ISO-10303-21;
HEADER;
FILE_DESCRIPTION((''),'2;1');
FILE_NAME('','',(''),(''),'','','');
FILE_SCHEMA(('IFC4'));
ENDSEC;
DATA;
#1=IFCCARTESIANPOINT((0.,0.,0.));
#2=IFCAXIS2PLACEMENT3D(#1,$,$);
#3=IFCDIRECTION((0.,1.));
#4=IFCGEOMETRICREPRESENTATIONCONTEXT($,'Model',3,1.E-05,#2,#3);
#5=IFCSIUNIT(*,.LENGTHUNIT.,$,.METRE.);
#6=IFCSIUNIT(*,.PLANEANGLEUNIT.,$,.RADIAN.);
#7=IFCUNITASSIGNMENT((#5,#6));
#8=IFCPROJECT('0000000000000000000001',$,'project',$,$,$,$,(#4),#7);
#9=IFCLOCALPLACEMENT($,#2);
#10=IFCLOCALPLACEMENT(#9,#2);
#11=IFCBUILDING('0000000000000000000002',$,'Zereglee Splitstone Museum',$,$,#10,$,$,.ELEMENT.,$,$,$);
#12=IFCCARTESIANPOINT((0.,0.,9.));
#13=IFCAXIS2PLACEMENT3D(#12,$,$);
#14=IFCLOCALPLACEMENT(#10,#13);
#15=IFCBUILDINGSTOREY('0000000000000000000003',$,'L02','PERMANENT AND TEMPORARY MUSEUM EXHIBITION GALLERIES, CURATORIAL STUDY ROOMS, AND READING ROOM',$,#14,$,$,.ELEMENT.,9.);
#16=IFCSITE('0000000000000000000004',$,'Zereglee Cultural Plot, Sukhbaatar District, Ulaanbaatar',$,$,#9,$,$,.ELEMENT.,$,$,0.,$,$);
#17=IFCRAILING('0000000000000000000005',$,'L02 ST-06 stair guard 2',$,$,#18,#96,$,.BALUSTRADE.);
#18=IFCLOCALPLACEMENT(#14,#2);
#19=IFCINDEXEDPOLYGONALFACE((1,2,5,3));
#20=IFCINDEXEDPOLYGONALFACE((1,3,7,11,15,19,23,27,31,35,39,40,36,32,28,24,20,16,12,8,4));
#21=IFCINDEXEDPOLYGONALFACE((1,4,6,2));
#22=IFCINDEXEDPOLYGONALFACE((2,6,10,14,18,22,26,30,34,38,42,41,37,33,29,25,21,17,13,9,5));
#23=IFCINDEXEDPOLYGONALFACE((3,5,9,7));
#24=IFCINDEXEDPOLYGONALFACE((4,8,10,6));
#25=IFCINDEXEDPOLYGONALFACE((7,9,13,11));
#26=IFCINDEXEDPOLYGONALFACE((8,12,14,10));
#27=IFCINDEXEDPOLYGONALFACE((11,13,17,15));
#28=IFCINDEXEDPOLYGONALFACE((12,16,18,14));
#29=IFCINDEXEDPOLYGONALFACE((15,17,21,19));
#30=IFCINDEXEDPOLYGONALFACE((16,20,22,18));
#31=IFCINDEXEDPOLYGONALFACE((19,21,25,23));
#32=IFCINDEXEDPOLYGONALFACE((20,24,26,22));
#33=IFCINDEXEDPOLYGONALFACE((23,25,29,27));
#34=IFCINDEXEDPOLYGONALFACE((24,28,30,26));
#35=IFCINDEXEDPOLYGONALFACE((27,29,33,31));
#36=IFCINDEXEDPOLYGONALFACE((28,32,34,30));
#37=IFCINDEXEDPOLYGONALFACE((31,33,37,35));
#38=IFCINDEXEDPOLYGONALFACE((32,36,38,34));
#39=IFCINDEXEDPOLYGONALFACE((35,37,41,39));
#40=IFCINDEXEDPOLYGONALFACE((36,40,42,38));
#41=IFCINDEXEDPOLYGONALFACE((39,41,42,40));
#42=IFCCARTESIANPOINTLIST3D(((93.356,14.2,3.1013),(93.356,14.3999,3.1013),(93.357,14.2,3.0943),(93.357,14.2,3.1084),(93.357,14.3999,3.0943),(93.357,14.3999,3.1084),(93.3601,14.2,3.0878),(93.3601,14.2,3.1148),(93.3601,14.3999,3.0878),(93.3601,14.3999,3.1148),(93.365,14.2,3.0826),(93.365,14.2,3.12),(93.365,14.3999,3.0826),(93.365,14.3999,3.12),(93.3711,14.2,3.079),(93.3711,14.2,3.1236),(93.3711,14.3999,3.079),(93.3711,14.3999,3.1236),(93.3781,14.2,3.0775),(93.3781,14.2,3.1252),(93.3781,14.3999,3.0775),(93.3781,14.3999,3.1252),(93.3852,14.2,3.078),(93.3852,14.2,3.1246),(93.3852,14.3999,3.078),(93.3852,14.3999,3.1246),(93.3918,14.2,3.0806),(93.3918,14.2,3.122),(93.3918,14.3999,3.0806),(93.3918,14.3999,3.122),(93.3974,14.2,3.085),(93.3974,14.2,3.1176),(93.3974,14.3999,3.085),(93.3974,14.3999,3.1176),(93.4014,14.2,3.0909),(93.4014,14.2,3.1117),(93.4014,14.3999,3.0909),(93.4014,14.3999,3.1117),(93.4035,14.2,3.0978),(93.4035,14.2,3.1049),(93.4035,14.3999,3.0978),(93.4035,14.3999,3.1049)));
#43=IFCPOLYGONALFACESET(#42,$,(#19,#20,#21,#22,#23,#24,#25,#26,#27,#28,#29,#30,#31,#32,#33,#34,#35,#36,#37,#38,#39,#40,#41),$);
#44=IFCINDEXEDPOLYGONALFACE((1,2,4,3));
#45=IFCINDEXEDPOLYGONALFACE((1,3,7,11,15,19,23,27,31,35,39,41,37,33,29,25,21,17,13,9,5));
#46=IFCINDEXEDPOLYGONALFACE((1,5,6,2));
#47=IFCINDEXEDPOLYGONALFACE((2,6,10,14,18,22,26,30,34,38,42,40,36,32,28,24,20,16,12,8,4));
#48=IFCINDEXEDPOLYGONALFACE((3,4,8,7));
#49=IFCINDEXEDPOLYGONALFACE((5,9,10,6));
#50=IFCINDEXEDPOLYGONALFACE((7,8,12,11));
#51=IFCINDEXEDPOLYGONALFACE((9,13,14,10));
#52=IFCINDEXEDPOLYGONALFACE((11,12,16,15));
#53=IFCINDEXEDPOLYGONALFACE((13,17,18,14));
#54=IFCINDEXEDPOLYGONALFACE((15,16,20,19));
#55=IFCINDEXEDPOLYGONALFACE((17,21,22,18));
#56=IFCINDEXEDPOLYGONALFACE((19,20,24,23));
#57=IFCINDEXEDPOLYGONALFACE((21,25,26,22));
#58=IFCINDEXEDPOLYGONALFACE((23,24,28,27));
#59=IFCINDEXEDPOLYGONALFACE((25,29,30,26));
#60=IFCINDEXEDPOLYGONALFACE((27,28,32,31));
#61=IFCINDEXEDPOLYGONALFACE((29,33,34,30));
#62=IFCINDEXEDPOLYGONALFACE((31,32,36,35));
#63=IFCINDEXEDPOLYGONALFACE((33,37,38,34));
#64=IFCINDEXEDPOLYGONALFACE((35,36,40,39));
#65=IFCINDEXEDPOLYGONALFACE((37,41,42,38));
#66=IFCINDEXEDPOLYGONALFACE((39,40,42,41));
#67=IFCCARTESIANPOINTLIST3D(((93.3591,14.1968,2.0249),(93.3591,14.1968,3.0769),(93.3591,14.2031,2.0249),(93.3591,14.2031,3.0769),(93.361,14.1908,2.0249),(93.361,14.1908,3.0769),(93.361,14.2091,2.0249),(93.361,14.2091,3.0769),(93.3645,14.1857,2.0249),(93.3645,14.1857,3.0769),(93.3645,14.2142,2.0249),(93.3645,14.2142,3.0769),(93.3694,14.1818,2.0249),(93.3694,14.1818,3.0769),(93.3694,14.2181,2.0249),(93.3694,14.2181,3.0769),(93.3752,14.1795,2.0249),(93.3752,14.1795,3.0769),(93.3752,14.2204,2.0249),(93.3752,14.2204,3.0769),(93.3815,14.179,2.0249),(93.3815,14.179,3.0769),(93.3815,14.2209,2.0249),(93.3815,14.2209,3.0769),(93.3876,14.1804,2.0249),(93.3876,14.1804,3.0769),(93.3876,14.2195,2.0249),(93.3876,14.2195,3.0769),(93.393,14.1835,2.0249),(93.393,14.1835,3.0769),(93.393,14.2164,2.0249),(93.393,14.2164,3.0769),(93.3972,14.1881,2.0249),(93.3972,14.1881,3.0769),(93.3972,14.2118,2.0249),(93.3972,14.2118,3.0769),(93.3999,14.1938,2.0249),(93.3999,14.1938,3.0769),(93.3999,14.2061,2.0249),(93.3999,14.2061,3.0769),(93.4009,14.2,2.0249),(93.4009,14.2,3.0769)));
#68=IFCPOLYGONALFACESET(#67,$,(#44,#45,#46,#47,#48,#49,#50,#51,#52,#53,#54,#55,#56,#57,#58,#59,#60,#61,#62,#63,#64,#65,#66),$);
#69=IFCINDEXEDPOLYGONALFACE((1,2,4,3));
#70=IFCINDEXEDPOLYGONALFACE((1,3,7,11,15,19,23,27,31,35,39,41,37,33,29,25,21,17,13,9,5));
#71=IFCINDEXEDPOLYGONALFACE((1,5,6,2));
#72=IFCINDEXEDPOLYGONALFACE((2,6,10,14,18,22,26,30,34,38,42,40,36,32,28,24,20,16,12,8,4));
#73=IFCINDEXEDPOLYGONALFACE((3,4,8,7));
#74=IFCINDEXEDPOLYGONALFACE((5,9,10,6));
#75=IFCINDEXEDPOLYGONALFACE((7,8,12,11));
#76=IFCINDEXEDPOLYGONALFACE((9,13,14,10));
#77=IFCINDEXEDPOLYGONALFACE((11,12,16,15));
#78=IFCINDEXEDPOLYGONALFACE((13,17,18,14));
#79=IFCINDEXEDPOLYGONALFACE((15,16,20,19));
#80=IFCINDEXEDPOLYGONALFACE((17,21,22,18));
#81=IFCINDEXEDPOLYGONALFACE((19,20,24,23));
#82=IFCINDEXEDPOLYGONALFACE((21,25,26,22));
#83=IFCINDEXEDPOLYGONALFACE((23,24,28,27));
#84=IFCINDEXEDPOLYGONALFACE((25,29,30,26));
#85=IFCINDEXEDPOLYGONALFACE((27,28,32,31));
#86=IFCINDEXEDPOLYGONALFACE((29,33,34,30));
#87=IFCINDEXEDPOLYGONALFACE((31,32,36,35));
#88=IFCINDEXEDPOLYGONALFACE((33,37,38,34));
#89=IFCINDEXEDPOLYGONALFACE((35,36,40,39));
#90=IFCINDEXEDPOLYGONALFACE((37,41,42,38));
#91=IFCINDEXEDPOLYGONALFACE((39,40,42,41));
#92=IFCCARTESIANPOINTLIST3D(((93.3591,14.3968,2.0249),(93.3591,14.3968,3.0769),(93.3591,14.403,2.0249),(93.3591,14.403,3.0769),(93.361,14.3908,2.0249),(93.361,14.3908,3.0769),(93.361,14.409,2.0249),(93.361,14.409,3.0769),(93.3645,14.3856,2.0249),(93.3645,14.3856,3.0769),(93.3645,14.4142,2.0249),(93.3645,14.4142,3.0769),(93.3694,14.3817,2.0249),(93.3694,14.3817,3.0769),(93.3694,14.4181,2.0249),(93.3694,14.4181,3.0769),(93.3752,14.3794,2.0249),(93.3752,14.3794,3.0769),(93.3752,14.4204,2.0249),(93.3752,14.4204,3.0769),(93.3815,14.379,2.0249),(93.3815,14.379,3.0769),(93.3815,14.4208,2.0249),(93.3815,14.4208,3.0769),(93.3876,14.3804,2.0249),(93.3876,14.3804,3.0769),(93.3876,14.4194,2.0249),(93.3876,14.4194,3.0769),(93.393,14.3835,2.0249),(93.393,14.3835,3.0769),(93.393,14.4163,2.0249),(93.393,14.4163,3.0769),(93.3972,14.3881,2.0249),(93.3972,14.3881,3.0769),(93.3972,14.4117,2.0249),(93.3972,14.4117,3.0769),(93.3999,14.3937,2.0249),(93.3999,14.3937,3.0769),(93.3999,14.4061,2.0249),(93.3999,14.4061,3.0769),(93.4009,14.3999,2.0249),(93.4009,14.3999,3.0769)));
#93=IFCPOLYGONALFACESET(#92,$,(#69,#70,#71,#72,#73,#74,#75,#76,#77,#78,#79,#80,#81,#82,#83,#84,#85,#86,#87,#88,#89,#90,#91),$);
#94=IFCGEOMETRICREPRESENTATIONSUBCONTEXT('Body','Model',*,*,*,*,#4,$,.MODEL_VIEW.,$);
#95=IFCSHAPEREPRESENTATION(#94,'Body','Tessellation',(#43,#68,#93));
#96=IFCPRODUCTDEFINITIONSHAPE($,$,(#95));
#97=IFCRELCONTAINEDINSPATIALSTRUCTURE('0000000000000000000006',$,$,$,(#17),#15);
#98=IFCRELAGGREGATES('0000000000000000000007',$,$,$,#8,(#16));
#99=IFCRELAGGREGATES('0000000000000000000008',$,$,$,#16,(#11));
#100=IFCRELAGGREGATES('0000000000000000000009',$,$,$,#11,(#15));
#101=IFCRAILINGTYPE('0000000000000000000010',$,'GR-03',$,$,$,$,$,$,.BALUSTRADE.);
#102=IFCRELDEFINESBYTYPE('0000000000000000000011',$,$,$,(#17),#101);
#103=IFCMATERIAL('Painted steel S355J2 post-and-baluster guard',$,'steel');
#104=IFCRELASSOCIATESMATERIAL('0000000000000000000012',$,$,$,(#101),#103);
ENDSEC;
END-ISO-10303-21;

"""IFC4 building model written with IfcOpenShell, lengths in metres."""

from ifc_helpers import new_model, si_unit, direction, frame, origin, origin_2d, place, context, subcontext, project, spatial, circle, extrude, material, type_object, element, save


model = new_model("IFC4")

# Units and contexts
model_context = context("Model", 3, precision=1e-05, world=origin(), true_north=direction((0.0, 1.0)))
body_context = subcontext(model_context, "Body", "Model", "MODEL_VIEW")
ifc_project = project(units=[si_unit("LENGTHUNIT", "METRE"), si_unit("PLANEANGLEUNIT", "RADIAN")], contexts=[model_context])

# Site, building, storey
site_placement = place(None, origin())
site = spatial("IfcSite", under=ifc_project, at=site_placement, Name="Zereglee Cultural Plot, Sukhbaatar District, Ulaanbaatar", CompositionType="ELEMENT", RefElevation=0.0)
building_placement = place(site_placement, origin())
building = spatial("IfcBuilding", under=site, at=building_placement, Name="Zereglee Splitstone Museum", CompositionType="ELEMENT")
storey_placement = place(building_placement, frame((0.0, 0.0, 9.0)))
storey = spatial("IfcBuildingStorey", under=building, at=storey_placement, Name="L02", Description="PERMANENT AND TEMPORARY MUSEUM EXHIBITION GALLERIES, CURATORIAL STUDY ROOMS, AND READING ROOM", CompositionType="ELEMENT", Elevation=9.0)

# Railing
ifc_material_1 = material(Name="Painted steel S355J2 post-and-baluster guard", Category="steel")
railing_type_1 = type_object("IfcRailingType", Name="GR-03", PredefinedType="BALUSTRADE", material=ifc_material_1)
railing_1_placement = place(storey_placement, frame((93.3799, 14.2, 2.0249)))
element("IfcRailing", 1, at=railing_1_placement, inside=storey, type_object=railing_type_1, Name="L02 ST-06 stair guard 2", PredefinedType="BALUSTRADE", context=body_context, shape_type="SweptSolid", body=[
    extrude(circle(Radius=0.0239, at=origin_2d()), frame((0.0, 0.0, 1.0764), z_axis=(0.0, 1.0, 0.0), x_axis=(-1.0, 0.0, 0.0)), (0.0, 0.0, 1.0), 0.2),
    extrude(circle(Radius=0.021, at=origin_2d()), origin(), (0.0, 0.0, 1.0), 1.052),
    extrude(circle(Radius=0.021, at=origin_2d()), frame((0.0, 0.2, 0.0)), (0.0, 0.0, 1.0), 1.052),
])

save(model, "model.ifc")
